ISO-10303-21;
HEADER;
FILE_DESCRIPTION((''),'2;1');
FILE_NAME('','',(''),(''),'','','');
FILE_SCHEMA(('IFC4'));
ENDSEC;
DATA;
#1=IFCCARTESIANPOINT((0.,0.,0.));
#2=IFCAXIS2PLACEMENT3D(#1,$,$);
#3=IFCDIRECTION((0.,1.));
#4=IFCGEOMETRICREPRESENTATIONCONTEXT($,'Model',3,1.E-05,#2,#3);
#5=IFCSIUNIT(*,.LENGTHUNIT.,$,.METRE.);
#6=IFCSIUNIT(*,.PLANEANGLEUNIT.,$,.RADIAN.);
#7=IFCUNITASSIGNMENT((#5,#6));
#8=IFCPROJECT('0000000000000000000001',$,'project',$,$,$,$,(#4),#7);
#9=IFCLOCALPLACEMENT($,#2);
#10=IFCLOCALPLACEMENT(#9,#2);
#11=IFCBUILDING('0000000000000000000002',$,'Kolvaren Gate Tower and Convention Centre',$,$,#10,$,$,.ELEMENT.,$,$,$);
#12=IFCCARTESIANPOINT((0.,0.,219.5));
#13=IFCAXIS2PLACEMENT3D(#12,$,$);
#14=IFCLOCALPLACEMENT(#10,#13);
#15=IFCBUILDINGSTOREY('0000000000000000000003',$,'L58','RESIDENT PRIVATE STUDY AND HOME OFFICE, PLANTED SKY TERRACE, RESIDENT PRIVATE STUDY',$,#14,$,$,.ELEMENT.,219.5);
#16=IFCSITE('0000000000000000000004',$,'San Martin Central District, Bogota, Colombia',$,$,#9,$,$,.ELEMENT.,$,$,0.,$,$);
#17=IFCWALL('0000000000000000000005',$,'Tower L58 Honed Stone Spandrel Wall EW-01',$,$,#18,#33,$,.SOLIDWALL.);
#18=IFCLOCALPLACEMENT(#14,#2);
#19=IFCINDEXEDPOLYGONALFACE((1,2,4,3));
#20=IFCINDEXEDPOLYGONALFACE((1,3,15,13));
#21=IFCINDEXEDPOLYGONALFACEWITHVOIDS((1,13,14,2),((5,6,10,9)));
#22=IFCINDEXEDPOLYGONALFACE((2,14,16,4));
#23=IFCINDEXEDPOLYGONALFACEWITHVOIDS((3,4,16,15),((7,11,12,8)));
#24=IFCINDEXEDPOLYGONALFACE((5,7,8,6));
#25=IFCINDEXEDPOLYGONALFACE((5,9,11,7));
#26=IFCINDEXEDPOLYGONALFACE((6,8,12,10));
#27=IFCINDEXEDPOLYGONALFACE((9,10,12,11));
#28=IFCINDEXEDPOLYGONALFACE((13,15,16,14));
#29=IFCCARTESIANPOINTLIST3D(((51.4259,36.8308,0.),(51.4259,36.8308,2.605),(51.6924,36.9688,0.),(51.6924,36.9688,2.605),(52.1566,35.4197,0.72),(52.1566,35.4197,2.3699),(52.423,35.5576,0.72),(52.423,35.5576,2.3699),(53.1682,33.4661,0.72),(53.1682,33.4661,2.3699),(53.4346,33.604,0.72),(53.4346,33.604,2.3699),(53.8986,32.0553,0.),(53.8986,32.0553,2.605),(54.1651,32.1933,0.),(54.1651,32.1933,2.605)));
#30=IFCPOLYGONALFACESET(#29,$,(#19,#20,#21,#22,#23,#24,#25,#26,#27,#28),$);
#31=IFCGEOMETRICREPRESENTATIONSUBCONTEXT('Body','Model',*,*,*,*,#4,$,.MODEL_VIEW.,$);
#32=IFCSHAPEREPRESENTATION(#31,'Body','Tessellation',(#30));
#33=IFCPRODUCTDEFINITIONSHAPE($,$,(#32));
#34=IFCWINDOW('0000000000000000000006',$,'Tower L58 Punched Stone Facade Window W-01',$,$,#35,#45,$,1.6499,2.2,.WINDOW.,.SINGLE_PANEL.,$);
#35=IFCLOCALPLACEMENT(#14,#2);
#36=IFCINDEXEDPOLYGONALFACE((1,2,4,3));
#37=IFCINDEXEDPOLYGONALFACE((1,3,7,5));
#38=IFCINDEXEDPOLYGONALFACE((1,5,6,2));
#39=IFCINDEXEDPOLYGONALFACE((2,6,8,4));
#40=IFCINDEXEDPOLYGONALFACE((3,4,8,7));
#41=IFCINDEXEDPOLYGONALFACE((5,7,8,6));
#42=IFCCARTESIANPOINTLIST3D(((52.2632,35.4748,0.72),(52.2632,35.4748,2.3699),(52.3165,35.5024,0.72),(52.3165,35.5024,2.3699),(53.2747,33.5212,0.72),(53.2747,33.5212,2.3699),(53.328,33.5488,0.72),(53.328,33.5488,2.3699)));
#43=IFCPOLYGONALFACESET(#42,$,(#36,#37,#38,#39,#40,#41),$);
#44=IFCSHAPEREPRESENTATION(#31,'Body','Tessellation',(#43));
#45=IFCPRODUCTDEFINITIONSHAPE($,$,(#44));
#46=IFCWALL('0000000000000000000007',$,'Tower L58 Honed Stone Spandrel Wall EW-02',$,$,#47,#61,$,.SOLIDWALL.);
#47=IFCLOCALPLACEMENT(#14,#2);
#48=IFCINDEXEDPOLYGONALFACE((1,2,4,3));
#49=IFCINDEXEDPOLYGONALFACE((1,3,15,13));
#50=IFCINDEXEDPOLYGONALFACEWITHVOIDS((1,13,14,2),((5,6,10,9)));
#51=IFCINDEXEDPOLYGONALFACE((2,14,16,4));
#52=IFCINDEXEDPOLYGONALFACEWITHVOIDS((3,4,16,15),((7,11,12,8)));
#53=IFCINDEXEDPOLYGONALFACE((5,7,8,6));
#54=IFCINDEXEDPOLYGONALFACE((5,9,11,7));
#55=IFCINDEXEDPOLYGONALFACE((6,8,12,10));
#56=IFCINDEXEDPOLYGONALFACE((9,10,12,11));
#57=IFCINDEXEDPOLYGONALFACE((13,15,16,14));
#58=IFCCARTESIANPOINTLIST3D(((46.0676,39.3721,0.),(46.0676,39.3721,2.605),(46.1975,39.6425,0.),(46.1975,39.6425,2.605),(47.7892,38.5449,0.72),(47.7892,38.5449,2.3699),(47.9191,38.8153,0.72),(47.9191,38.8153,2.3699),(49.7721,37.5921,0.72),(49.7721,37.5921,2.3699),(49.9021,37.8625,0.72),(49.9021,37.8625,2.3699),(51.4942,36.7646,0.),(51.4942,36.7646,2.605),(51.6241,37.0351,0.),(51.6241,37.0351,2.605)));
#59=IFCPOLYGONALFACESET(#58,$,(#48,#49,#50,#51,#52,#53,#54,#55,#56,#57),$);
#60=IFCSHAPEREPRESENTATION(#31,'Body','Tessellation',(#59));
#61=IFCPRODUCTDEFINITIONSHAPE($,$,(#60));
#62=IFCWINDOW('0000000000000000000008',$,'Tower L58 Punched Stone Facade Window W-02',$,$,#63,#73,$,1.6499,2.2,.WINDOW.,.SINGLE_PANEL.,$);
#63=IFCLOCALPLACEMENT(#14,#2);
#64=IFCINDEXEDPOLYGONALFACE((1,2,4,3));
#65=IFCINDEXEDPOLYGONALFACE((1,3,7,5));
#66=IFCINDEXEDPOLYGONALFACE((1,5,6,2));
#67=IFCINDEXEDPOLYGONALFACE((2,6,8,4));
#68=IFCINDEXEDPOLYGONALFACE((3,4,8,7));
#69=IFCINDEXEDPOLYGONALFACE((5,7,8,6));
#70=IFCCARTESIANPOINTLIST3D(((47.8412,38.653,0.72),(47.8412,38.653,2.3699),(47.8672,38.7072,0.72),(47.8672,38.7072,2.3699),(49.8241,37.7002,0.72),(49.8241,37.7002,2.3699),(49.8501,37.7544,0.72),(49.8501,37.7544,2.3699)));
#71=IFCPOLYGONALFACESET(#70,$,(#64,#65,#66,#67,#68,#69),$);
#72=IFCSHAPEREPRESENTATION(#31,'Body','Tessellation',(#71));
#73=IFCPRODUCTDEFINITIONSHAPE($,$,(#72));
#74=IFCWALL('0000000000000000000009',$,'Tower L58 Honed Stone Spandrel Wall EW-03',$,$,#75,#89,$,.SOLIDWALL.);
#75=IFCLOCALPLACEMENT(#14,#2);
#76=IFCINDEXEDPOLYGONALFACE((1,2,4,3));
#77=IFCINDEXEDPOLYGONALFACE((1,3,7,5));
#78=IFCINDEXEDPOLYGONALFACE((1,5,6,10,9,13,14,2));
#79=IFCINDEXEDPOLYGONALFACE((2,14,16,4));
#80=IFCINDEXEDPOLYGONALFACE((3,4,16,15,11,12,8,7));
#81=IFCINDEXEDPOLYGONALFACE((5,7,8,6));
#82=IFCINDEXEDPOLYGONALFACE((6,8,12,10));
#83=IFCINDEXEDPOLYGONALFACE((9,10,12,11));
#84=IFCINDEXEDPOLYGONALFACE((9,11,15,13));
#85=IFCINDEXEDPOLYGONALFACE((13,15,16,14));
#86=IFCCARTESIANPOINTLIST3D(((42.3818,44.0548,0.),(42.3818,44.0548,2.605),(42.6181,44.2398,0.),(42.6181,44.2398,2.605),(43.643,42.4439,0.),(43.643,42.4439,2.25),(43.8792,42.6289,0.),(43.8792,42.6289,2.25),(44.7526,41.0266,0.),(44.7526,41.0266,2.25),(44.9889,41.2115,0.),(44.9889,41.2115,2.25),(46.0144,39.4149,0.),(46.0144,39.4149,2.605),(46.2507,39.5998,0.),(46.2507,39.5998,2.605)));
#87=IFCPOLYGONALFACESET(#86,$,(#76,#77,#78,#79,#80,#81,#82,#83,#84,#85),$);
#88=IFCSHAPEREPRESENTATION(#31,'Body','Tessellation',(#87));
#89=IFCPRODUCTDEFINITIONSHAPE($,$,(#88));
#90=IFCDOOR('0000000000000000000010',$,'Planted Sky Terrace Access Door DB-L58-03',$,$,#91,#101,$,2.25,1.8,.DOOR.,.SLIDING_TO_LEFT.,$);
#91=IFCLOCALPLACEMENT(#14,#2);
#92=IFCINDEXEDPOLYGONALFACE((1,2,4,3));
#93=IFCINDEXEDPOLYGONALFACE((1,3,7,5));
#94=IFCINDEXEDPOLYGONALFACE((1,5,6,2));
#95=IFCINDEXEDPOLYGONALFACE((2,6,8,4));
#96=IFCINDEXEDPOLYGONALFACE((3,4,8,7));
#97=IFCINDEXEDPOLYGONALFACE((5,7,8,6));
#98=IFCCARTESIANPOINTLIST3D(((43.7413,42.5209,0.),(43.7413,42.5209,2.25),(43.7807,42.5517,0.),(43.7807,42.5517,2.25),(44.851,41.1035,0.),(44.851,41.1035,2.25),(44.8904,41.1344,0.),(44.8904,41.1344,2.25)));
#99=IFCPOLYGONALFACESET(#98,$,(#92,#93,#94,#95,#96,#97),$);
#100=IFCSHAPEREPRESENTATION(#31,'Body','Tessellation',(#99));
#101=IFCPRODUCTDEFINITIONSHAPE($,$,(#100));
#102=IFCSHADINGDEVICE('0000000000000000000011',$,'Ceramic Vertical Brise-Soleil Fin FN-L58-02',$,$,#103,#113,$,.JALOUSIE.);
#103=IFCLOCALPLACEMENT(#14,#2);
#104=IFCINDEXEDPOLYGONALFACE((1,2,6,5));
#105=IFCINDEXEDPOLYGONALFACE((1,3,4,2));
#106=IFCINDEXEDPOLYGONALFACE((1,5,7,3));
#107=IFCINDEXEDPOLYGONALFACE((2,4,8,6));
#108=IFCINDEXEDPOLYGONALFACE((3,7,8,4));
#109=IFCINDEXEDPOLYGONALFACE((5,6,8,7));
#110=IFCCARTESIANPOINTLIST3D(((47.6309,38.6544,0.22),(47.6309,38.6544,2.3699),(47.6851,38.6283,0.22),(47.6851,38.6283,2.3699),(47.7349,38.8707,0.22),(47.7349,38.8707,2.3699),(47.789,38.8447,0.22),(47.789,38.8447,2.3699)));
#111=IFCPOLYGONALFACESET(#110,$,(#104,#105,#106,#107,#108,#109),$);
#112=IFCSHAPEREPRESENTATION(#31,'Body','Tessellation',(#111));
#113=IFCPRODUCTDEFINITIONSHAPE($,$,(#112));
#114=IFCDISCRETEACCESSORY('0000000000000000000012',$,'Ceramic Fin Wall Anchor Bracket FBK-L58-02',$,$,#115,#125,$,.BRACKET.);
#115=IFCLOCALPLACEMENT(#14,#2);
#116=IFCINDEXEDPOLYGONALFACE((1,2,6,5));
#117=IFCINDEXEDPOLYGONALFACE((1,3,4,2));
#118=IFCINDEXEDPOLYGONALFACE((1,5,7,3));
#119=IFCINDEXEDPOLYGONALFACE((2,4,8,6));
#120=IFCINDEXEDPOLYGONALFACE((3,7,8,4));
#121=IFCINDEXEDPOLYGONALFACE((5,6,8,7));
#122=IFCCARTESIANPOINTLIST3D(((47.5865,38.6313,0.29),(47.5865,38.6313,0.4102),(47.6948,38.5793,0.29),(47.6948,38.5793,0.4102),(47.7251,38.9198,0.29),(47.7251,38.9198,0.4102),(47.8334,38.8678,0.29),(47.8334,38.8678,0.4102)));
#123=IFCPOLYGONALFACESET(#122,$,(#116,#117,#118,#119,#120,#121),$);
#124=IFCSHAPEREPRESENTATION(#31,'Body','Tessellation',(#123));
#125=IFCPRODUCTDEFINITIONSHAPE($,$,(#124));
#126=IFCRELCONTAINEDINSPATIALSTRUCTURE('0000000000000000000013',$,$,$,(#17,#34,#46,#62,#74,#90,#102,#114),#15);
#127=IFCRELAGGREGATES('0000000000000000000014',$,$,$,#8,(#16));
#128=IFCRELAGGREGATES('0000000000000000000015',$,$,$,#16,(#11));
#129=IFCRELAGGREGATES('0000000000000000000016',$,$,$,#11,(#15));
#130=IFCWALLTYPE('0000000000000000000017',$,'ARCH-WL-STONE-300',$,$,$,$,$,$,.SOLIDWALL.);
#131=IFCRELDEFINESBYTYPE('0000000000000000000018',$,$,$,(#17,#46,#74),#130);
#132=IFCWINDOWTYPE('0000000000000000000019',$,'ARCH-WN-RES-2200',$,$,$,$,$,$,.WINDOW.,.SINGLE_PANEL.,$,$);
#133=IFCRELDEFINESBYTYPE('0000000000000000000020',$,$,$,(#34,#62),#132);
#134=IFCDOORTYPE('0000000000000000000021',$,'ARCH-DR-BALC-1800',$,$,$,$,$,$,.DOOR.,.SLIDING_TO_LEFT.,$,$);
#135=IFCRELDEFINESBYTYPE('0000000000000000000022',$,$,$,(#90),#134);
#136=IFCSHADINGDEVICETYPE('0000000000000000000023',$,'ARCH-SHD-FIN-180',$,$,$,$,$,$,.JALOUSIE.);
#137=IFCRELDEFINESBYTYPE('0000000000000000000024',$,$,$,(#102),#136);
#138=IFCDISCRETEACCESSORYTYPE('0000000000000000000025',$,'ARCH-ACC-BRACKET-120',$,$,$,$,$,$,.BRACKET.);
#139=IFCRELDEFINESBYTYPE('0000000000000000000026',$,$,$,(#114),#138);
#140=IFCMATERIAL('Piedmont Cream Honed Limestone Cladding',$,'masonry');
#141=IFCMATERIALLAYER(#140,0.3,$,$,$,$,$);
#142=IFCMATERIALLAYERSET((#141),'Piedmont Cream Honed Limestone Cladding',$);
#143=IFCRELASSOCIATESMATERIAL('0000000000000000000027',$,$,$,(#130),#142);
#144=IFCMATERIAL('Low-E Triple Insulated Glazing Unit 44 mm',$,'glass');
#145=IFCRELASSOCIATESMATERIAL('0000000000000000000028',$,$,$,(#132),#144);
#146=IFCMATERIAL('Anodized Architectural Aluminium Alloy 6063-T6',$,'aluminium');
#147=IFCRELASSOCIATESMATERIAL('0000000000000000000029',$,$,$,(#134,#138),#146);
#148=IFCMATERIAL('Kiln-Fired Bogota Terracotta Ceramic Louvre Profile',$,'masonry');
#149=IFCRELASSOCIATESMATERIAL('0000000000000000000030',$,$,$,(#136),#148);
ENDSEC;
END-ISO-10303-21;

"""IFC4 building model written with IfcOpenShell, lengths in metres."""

from ifc_helpers import new_model, si_unit, direction, frame, frame_2d, origin, origin_2d, place, context, subcontext, project, spatial, rectangle, extrude, material, layer, layer_set, type_object, element, fill, save


model = new_model("IFC4")

# Units and contexts
model_context = context("Model", 3, precision=1e-05, world=origin(), true_north=direction((0.0, 1.0)))
body_context = subcontext(model_context, "Body", "Model", "MODEL_VIEW")
ifc_project = project(units=[si_unit("LENGTHUNIT", "METRE"), si_unit("PLANEANGLEUNIT", "RADIAN")], contexts=[model_context])

# Site, building, storey
site_placement = place(None, origin())
site = spatial("IfcSite", under=ifc_project, at=site_placement, Name="San Martin Central District, Bogota, Colombia", CompositionType="ELEMENT", RefElevation=0.0)
building_placement = place(site_placement, origin())
building = spatial("IfcBuilding", under=site, at=building_placement, Name="Kolvaren Gate Tower and Convention Centre", CompositionType="ELEMENT")
storey_placement = place(building_placement, frame((0.0, 0.0, 219.5)))
storey = spatial("IfcBuildingStorey", under=building, at=storey_placement, Name="L58", Description="RESIDENT PRIVATE STUDY AND HOME OFFICE, PLANTED SKY TERRACE, RESIDENT PRIVATE STUDY", CompositionType="ELEMENT", Elevation=219.5)

# Shared definitions
ifc_material_1 = material(Name="Piedmont Cream Honed Limestone Cladding", Category="masonry")

# Walls, openings, windows
ifc_layer_1 = layer(ifc_material_1, 0.3)
ifc_layer_set_1 = layer_set([ifc_layer_1], Name="Piedmont Cream Honed Limestone Cladding")
wall_type_1 = type_object("IfcWallType", Name="ARCH-WL-STONE-300", PredefinedType="SOLIDWALL", material=ifc_layer_set_1)
ifc_material_2 = material(Name="Low-E Triple Insulated Glazing Unit 44 mm", Category="glass")
window_type = type_object("IfcWindowType", Name="ARCH-WN-RES-2200", PartitioningType="SINGLE_PANEL", PredefinedType="WINDOW", material=ifc_material_2)
wall_1_placement = place(storey_placement, frame((51.5591, 36.8999, 0.0), z_axis=(0.0, 0.0, 1.0), x_axis=(0.459808, -0.888018, 0.0)))
wall_1 = element("IfcWall", 1, at=wall_1_placement, inside=storey, type_object=wall_type_1, Name="Tower L58 Honed Stone Spandrel Wall EW-01", PredefinedType="SOLIDWALL", context=body_context, shape_type="SweptSolid", body=[
    extrude(rectangle(XDim=5.3777, YDim=0.3, at=frame_2d((2.689, 0.0))), origin(), (0.0, 0.0, 1.0), 2.605),
])
opening_1_placement = place(wall_1_placement, frame((1.5891, 0.0, 0.72)))
opening_1 = element("IfcOpeningElement", 2, at=opening_1_placement, cuts=wall_1, PredefinedType="OPENING", context=body_context, shape_type="SweptSolid", body=[
    extrude(rectangle(XDim=2.2, YDim=1.6499, at=frame_2d((1.1001, 0.825))), frame((0.0, 0.1599, 0.0), z_axis=(0.0, -1.0, 0.0), x_axis=(1.0, 0.0, 0.0)), (0.0, 0.0, 1.0), 0.3201),
])
window_1_placement = place(opening_1_placement, origin())
window_1 = element("IfcWindow", 3, at=window_1_placement, inside=storey, type_object=window_type, Name="Tower L58 Punched Stone Facade Window W-01", OverallHeight=1.6499, OverallWidth=2.2, PartitioningType="SINGLE_PANEL", PredefinedType="WINDOW", context=body_context, shape_type="SweptSolid", body=[
    extrude(rectangle(XDim=2.2, YDim=1.6499, at=frame_2d((1.1001, 0.825))), frame((0.0, 0.03, 0.0), z_axis=(0.0, -1.0, 0.0), x_axis=(1.0, 0.0, 0.0)), (0.0, 0.0, 1.0), 0.0601),
])
fill(opening_1, window_1)
wall_2_placement = place(storey_placement, frame((46.1326, 39.5073, 0.0), z_axis=(0.0, 0.0, 1.0), x_axis=(0.901348, -0.433095, 0.0)))
wall_2 = element("IfcWall", 4, at=wall_2_placement, inside=storey, type_object=wall_type_1, Name="Tower L58 Honed Stone Spandrel Wall EW-02", PredefinedType="SOLIDWALL", context=body_context, shape_type="SweptSolid", body=[
    extrude(rectangle(XDim=6.0205, YDim=0.3, at=frame_2d((3.0103, 0.0))), origin(), (0.0, 0.0, 1.0), 2.605),
])
opening_2_placement = place(wall_2_placement, frame((1.9099, 0.0, 0.72)))
opening_2 = element("IfcOpeningElement", 5, at=opening_2_placement, cuts=wall_2, PredefinedType="OPENING", context=body_context, shape_type="SweptSolid", body=[
    extrude(rectangle(XDim=2.2, YDim=1.6499, at=frame_2d((1.1001, 0.825))), frame((0.0, 0.1599, 0.0), z_axis=(0.0, -1.0, 0.0), x_axis=(1.0, 0.0, 0.0)), (0.0, 0.0, 1.0), 0.3201),
])
window_2_placement = place(opening_2_placement, origin())
window_2 = element("IfcWindow", 6, at=window_2_placement, inside=storey, type_object=window_type, Name="Tower L58 Punched Stone Facade Window W-02", OverallHeight=1.6499, OverallWidth=2.2, PartitioningType="SINGLE_PANEL", PredefinedType="WINDOW", context=body_context, shape_type="SweptSolid", body=[
    extrude(rectangle(XDim=2.2, YDim=1.6499, at=frame_2d((1.1001, 0.825))), frame((0.0, 0.03, 0.0), z_axis=(0.0, -1.0, 0.0), x_axis=(1.0, 0.0, 0.0)), (0.0, 0.0, 1.0), 0.0601),
])
fill(opening_2, window_2)

# Wall, opening, door
wall_3_placement = place(storey_placement, frame((42.5, 44.1472, 0.0), z_axis=(0.0, 0.0, 1.0), x_axis=(0.61645, -0.787394, 0.0)))
wall_3 = element("IfcWall", 7, at=wall_3_placement, inside=storey, type_object=wall_type_1, Name="Tower L58 Honed Stone Spandrel Wall EW-03", PredefinedType="SOLIDWALL", context=body_context, shape_type="SweptSolid", body=[
    extrude(rectangle(XDim=5.8928, YDim=0.3, at=frame_2d((2.9463, 0.0))), origin(), (0.0, 0.0, 1.0), 2.605),
])
opening_3_placement = place(wall_3_placement, frame((2.0459, 0.0, 0.0)))
opening_3 = element("IfcOpeningElement", 8, at=opening_3_placement, cuts=wall_3, PredefinedType="OPENING", context=body_context, shape_type="SweptSolid", body=[
    extrude(rectangle(XDim=1.8, YDim=2.25, at=frame_2d((0.8999, 1.125))), frame((0.0, 0.1599, 0.0), z_axis=(0.0, -1.0, 0.0), x_axis=(1.0, 0.0, 0.0)), (0.0, 0.0, 1.0), 0.3201),
])
ifc_material_3 = material(Name="Anodized Architectural Aluminium Alloy 6063-T6", Category="aluminium")
door_type_1 = type_object("IfcDoorType", Name="ARCH-DR-BALC-1800", OperationType="SLIDING_TO_LEFT", PredefinedType="DOOR", material=ifc_material_3)
door_1_placement = place(opening_3_placement, origin())
door_1 = element("IfcDoor", 9, at=door_1_placement, inside=storey, type_object=door_type_1, Name="Planted Sky Terrace Access Door DB-L58-03", OperationType="SLIDING_TO_LEFT", OverallHeight=2.25, OverallWidth=1.8, PredefinedType="DOOR", context=body_context, shape_type="SweptSolid", body=[
    extrude(rectangle(XDim=1.8, YDim=2.25, at=frame_2d((0.8999, 1.125))), frame((0.0, 0.0249, 0.0), z_axis=(0.0, -1.0, 0.0), x_axis=(1.0, 0.0, 0.0)), (0.0, 0.0, 1.0), 0.05),
])
fill(opening_3, door_1)

# Shading device
ifc_material_4 = material(Name="Kiln-Fired Bogota Terracotta Ceramic Louvre Profile", Category="masonry")
shading_device_type = type_object("IfcShadingDeviceType", Name="ARCH-SHD-FIN-180", PredefinedType="JALOUSIE", material=ifc_material_4)
shading_device_placement = place(storey_placement, frame((47.71, 38.7495, 0.22), z_axis=(0.0, 0.0, 1.0), x_axis=(0.901359, -0.433072, 0.0)))
element("IfcShadingDevice", 10, at=shading_device_placement, inside=storey, type_object=shading_device_type, Name="Ceramic Vertical Brise-Soleil Fin FN-L58-02", PredefinedType="JALOUSIE", context=body_context, shape_type="SweptSolid", body=[
    extrude(rectangle(XDim=0.0601, YDim=0.24, at=origin_2d()), origin(), (0.0, 0.0, 1.0), 2.1499),
])

# Discrete accessory
discrete_accessory_type = type_object("IfcDiscreteAccessoryType", Name="ARCH-ACC-BRACKET-120", PredefinedType="BRACKET", material=ifc_material_3)
discrete_accessory_placement = place(storey_placement, frame((47.71, 38.7495, 0.29), z_axis=(0.0, 0.0, 1.0), x_axis=(0.901359, -0.433072, 0.0)))
element("IfcDiscreteAccessory", 11, at=discrete_accessory_placement, inside=storey, type_object=discrete_accessory_type, Name="Ceramic Fin Wall Anchor Bracket FBK-L58-02", PredefinedType="BRACKET", context=body_context, shape_type="SweptSolid", body=[
    extrude(rectangle(XDim=0.1201, YDim=0.3201, at=origin_2d()), origin(), (0.0, 0.0, 1.0), 0.1201),
])

save(model, "model.ifc")
